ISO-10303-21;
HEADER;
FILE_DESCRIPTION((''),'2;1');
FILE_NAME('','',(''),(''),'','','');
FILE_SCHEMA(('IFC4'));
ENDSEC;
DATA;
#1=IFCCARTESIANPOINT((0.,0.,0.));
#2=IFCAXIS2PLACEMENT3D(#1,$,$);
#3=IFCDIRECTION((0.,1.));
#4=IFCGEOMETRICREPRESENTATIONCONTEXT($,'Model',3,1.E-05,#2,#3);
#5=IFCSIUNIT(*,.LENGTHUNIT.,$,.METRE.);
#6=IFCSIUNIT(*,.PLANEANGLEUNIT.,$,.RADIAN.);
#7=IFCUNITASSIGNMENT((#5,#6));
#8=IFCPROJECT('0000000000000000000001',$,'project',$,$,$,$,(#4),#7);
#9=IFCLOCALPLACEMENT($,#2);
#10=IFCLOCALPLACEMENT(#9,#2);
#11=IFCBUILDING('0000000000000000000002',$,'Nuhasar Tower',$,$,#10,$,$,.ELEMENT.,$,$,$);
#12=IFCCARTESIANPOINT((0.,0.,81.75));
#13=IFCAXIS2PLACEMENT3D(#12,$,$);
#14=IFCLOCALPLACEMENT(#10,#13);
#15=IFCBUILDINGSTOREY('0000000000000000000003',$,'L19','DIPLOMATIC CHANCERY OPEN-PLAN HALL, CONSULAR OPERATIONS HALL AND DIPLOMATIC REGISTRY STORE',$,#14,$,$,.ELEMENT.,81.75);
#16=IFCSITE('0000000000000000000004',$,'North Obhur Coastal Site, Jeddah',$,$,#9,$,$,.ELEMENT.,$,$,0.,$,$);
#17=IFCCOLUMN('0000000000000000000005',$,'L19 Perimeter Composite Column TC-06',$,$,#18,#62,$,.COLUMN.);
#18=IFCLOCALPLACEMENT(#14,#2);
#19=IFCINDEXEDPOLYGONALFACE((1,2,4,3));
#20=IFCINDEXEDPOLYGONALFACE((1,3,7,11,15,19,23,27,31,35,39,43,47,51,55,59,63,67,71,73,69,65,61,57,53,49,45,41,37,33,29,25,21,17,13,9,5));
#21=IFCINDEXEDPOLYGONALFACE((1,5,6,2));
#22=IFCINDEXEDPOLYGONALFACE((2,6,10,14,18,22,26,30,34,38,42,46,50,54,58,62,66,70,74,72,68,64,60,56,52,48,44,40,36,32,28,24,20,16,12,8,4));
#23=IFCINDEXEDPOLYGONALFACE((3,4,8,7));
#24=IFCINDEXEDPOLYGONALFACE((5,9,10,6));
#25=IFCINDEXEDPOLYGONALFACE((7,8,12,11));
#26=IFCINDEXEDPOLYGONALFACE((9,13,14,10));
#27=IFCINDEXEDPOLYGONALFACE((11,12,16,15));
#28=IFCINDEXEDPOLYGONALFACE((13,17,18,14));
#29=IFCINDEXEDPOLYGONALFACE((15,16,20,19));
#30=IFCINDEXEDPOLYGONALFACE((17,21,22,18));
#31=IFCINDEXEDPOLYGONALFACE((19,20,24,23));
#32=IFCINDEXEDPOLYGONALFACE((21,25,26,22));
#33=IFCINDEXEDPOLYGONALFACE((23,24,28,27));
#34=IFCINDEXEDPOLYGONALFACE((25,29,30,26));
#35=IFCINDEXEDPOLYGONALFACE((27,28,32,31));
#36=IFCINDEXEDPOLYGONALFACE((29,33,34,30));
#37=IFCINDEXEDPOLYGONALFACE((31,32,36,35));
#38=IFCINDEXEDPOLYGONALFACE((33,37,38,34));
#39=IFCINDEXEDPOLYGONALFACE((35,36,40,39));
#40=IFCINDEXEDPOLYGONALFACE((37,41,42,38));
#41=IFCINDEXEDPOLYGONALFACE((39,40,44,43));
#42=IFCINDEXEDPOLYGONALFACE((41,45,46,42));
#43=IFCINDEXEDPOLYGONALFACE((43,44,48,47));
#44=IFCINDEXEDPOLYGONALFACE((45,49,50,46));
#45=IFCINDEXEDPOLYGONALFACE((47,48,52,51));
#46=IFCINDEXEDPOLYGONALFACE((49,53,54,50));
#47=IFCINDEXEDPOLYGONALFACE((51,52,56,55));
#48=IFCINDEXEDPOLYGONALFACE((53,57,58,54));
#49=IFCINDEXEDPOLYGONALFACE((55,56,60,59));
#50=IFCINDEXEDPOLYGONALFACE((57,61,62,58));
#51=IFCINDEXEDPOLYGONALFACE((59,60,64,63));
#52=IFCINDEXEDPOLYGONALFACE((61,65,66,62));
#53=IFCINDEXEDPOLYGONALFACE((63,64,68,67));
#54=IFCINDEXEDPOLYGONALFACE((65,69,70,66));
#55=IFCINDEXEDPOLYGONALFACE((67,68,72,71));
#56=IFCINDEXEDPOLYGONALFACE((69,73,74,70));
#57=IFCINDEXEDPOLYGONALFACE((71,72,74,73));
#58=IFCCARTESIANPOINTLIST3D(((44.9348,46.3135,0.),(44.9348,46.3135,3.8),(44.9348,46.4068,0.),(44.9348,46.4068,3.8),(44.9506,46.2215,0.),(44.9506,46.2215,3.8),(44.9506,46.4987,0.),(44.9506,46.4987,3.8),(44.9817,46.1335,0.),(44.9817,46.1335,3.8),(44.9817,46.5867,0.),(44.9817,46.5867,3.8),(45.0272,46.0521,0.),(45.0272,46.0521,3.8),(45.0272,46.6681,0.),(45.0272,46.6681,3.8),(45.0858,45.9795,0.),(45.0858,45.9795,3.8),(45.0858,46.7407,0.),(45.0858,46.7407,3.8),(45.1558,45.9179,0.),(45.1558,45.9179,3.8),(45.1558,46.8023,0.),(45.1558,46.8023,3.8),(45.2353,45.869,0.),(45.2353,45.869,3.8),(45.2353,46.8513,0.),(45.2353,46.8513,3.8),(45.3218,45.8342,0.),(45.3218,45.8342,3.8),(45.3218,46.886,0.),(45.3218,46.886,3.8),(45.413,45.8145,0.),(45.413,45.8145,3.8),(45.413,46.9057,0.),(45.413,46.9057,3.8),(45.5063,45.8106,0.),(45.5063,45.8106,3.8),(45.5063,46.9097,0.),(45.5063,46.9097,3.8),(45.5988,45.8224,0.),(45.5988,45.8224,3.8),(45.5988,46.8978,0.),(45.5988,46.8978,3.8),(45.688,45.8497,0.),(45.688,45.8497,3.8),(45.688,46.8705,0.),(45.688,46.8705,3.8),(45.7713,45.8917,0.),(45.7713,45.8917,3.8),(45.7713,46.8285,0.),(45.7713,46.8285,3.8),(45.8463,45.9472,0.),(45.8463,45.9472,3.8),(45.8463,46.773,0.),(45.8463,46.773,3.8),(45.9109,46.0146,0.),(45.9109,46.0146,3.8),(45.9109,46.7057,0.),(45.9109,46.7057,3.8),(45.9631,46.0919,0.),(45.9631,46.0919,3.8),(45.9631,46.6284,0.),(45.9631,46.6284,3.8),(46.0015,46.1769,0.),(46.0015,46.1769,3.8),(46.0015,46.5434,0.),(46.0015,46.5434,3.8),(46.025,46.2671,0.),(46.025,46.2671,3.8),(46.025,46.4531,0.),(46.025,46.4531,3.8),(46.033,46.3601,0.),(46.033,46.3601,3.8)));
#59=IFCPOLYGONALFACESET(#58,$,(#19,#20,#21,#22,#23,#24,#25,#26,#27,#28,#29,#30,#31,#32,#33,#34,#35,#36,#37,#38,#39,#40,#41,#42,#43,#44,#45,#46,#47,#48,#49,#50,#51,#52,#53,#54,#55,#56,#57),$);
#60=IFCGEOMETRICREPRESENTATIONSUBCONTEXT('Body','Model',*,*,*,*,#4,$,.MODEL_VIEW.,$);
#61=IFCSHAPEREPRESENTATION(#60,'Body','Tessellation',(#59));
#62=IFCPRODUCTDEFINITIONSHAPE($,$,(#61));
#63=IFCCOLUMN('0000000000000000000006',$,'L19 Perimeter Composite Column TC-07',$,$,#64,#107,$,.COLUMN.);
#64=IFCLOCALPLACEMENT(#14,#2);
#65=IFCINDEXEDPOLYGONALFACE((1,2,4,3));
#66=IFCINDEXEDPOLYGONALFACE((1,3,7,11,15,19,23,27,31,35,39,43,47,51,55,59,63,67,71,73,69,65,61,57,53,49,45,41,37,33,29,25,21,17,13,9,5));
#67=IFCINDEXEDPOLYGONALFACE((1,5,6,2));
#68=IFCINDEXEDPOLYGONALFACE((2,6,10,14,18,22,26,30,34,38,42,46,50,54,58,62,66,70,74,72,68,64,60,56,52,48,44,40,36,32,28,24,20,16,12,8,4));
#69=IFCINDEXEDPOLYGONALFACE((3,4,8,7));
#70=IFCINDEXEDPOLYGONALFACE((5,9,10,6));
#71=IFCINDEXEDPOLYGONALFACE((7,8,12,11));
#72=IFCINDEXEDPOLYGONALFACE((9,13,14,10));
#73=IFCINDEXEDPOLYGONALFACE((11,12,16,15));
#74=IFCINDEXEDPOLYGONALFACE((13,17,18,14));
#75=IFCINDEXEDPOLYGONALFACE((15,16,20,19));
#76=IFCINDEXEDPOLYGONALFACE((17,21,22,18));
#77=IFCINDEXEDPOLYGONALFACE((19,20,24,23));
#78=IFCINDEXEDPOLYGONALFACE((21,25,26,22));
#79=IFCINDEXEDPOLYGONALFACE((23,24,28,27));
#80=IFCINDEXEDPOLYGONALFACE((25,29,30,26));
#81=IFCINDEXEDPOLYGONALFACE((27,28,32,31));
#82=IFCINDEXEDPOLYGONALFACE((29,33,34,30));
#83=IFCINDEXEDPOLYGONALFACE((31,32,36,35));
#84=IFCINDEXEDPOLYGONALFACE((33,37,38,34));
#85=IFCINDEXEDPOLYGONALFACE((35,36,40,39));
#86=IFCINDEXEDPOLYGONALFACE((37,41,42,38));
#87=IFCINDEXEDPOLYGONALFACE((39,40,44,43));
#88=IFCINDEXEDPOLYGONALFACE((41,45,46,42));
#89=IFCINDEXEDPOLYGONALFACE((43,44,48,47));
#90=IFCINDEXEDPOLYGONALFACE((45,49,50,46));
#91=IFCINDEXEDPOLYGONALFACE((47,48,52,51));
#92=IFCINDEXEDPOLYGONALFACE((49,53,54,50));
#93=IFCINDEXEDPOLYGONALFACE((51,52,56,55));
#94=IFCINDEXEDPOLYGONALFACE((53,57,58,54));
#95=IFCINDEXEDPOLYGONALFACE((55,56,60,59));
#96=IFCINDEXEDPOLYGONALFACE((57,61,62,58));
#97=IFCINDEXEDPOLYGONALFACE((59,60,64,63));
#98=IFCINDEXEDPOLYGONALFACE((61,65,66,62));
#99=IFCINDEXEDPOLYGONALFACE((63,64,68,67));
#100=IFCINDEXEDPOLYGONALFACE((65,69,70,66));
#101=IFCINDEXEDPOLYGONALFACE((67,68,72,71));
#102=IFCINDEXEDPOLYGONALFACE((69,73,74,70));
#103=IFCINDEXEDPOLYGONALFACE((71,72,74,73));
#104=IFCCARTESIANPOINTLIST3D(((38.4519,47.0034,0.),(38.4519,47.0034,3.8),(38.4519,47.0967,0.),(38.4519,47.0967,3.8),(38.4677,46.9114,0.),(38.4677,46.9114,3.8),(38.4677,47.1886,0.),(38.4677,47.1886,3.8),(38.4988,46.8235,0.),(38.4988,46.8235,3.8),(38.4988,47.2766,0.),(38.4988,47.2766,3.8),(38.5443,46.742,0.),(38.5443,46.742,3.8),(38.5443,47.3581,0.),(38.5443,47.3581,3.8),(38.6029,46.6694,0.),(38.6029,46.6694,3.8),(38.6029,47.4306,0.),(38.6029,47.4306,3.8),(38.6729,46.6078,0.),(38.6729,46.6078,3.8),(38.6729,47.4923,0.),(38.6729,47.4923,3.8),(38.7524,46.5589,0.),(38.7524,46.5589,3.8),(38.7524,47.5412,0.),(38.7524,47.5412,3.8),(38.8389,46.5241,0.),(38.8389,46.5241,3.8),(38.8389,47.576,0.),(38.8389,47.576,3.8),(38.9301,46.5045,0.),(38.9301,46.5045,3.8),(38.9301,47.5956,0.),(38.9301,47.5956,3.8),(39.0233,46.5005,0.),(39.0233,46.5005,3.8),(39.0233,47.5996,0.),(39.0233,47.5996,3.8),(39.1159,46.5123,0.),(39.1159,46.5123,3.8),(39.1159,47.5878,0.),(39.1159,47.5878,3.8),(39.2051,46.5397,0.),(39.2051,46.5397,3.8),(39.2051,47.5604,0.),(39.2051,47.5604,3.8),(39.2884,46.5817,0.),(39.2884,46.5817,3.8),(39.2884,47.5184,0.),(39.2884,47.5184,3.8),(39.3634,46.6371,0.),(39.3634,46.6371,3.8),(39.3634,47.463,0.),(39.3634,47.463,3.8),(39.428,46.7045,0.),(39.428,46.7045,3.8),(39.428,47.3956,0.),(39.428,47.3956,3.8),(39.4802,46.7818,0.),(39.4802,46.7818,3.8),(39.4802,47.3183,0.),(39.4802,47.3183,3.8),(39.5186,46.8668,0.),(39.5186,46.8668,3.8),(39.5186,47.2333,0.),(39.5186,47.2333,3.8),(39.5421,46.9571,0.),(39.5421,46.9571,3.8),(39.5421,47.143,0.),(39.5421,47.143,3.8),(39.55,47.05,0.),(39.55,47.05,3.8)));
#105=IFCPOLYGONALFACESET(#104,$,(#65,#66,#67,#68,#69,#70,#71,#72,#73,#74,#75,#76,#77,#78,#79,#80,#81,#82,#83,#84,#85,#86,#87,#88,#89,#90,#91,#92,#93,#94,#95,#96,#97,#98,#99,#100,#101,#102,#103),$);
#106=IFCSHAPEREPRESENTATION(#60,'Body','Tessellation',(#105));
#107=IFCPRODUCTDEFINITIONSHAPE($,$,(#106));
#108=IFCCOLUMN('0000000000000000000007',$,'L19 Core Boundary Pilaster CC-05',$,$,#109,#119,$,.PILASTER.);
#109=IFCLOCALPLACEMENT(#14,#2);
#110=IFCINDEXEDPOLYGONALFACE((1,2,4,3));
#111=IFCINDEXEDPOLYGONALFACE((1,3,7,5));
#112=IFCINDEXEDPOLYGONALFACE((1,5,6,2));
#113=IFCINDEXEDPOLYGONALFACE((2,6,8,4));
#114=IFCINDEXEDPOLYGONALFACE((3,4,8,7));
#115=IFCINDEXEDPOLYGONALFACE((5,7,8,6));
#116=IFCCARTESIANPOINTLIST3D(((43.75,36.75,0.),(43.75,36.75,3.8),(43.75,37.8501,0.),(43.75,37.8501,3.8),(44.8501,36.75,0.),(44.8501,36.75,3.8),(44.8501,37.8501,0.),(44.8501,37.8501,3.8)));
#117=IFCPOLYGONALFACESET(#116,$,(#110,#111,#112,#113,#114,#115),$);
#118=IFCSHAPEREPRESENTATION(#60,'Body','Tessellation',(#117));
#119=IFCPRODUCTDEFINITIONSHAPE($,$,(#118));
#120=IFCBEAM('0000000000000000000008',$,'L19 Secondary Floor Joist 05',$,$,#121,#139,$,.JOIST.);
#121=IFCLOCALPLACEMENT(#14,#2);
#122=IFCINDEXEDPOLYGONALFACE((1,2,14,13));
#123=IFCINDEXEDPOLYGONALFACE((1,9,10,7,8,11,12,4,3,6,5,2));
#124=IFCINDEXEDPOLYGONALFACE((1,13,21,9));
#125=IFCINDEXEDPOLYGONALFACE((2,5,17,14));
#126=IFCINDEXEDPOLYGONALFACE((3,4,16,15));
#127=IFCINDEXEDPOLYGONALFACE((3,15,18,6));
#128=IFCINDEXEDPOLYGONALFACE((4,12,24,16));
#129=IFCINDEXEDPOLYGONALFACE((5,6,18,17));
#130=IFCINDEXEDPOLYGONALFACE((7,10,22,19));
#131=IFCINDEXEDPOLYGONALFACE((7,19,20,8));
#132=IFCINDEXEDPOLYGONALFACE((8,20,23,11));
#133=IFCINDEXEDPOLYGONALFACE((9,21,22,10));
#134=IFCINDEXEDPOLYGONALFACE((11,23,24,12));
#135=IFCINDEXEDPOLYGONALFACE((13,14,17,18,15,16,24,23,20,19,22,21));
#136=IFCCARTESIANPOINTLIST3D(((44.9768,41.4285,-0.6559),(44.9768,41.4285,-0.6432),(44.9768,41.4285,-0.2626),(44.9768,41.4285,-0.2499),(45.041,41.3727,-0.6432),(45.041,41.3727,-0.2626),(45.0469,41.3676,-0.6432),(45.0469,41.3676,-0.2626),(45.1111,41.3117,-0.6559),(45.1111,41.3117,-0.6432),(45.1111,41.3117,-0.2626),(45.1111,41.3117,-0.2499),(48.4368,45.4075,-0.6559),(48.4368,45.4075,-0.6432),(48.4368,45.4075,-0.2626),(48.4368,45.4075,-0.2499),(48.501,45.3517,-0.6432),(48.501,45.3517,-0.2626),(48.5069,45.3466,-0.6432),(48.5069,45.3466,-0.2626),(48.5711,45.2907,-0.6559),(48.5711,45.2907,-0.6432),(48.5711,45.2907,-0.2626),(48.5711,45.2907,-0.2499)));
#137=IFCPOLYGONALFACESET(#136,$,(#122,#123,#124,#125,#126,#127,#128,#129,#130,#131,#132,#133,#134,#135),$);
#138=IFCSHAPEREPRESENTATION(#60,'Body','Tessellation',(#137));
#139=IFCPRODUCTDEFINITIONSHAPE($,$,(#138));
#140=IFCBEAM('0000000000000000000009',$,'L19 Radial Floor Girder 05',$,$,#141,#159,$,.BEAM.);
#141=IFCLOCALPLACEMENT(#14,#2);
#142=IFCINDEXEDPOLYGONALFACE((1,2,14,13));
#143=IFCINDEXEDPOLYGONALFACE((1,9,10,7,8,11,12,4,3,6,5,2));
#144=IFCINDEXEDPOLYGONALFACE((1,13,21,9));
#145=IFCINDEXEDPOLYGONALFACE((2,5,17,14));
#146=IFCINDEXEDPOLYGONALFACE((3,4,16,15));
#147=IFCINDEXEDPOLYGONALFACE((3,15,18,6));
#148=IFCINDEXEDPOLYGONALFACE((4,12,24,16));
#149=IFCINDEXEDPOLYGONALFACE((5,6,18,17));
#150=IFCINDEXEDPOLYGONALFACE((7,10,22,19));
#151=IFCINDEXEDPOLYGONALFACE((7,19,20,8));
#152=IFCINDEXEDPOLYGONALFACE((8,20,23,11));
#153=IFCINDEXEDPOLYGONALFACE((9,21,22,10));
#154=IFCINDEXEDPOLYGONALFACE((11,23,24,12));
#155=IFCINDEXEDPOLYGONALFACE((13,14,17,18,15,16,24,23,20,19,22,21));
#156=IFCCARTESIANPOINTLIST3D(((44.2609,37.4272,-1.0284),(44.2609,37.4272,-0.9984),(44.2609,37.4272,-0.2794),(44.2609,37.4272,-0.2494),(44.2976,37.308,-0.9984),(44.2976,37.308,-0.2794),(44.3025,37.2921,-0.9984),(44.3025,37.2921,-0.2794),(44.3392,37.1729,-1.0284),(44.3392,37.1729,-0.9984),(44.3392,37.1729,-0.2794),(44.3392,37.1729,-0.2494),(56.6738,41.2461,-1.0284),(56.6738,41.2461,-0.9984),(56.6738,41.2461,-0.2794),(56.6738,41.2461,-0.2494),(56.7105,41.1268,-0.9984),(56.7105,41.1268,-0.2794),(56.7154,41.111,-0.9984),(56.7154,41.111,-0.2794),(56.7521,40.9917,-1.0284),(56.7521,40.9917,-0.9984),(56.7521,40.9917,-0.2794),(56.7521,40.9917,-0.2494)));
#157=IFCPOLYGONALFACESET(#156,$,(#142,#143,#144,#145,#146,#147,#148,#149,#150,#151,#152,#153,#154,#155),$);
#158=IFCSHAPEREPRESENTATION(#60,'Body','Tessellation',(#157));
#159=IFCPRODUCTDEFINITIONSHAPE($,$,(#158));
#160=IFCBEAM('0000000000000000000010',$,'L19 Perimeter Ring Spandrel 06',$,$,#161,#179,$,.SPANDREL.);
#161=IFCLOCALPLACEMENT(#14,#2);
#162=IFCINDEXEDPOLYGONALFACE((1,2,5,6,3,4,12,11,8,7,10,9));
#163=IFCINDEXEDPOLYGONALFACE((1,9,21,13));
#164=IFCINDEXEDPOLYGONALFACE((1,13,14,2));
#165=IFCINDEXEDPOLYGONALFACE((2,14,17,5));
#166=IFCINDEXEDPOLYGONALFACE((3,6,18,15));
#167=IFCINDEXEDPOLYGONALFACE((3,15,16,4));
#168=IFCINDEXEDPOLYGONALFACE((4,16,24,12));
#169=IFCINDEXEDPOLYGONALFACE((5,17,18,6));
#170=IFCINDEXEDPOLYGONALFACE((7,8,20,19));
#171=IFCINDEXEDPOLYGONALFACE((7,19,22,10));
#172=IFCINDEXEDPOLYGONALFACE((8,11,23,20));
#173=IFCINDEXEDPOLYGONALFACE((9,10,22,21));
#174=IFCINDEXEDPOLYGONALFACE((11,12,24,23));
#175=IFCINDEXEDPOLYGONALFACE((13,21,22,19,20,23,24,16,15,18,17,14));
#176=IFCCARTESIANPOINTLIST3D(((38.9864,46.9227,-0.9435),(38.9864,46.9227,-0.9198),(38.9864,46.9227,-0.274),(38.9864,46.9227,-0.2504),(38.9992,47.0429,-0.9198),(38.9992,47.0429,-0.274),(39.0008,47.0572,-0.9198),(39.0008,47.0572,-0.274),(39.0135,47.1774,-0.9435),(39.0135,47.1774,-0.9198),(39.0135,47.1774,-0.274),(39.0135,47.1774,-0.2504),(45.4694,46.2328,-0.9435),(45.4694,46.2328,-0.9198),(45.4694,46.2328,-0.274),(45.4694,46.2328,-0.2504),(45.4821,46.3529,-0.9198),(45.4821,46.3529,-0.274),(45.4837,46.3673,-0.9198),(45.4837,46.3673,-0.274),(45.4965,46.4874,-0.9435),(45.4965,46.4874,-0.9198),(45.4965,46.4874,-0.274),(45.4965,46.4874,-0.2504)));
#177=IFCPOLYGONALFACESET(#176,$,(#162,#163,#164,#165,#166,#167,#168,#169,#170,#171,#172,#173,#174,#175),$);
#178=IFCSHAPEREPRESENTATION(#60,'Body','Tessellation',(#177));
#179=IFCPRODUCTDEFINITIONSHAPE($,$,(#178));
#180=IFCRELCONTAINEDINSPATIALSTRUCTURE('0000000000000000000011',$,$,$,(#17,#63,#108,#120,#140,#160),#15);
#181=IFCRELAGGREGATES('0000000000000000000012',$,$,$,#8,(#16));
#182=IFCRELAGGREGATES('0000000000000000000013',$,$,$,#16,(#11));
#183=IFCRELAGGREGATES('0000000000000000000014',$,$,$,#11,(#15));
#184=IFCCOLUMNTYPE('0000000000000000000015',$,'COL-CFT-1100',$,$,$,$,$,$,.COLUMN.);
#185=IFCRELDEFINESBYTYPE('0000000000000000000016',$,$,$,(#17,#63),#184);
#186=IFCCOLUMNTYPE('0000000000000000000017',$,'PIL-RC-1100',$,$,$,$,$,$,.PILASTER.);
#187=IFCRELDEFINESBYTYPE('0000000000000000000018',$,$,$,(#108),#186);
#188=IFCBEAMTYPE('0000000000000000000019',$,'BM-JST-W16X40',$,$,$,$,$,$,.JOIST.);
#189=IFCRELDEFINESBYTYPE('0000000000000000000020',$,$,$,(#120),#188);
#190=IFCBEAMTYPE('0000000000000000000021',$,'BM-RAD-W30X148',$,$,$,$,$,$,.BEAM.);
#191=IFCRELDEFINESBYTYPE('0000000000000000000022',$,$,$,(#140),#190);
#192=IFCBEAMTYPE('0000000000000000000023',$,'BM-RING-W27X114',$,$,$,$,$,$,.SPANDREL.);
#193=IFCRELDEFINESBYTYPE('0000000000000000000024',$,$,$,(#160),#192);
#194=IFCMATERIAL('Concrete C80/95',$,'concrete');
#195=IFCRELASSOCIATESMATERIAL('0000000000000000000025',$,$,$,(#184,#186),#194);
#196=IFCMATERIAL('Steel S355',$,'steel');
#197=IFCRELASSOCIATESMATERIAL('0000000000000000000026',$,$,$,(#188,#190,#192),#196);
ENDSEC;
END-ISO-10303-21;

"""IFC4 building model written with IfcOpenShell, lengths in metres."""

from ifc_helpers import new_model, si_unit, direction, frame, origin, origin_2d, place, context, subcontext, project, spatial, rectangle, circle, i_section, extrude, material, material_profile, profile_set, type_object, element, save


model = new_model("IFC4")

# Units and contexts
model_context = context("Model", 3, precision=1e-05, world=origin(), true_north=direction((0.0, 1.0)))
body_context = subcontext(model_context, "Body", "Model", "MODEL_VIEW")
ifc_project = project(units=[si_unit("LENGTHUNIT", "METRE"), si_unit("PLANEANGLEUNIT", "RADIAN")], contexts=[model_context])

# Site, building, storey
site_placement = place(None, origin())
site = spatial("IfcSite", under=ifc_project, at=site_placement, Name="North Obhur Coastal Site, Jeddah", CompositionType="ELEMENT", RefElevation=0.0)
building_placement = place(site_placement, origin())
building = spatial("IfcBuilding", under=site, at=building_placement, Name="Nuhasar Tower", CompositionType="ELEMENT")
storey_placement = place(building_placement, frame((0.0, 0.0, 81.75)))
storey = spatial("IfcBuildingStorey", under=building, at=storey_placement, Name="L19", Description="DIPLOMATIC CHANCERY OPEN-PLAN HALL, CONSULAR OPERATIONS HALL AND DIPLOMATIC REGISTRY STORE", CompositionType="ELEMENT", Elevation=81.75)

# Columns
ifc_material_1 = material(Name="Concrete C80/95", Category="concrete")
ifc_material_profile_1 = material_profile(ifc_material_1, circle(Radius=0.55, at=origin_2d()), Name="CFT1100")
ifc_profile_set_1 = profile_set([ifc_material_profile_1], Name="Concrete C80/95")
column_type_1 = type_object("IfcColumnType", Name="COL-CFT-1100", PredefinedType="COLUMN", material=ifc_profile_set_1)
for number, where, z_axis, x_axis, name in (
    (1, (45.4829, 46.3601, 0.0), (0.0, 0.0, 1.0), (1.0, 0.0, 0.0), "L19 Perimeter Composite Column TC-06"),
    (2, (39.0, 47.05, 0.0), (0.0, 0.0, 1.0), (1.0, 0.0, 0.0), "L19 Perimeter Composite Column TC-07"),
):
    element("IfcColumn", number, at=place(storey_placement, frame(where, z_axis=z_axis, x_axis=x_axis)), inside=storey, type_object=column_type_1, Name=name, PredefinedType="COLUMN", context=body_context, shape_type="SweptSolid", body=[
        extrude(circle(Radius=0.55, at=origin_2d()), origin(), (0.0, 0.0, 1.0), 3.8),
    ])
ifc_material_profile_2 = material_profile(ifc_material_1, rectangle(XDim=1.1001, YDim=1.1001, at=origin_2d()), Name="RC1100X1100")
ifc_profile_set_2 = profile_set([ifc_material_profile_2], Name="Concrete C80/95")
column_type_2 = type_object("IfcColumnType", Name="PIL-RC-1100", PredefinedType="PILASTER", material=ifc_profile_set_2)
column_placement = place(storey_placement, frame((44.3, 37.3, 0.0), z_axis=(0.0, 0.0, 1.0), x_axis=(1.0, 0.0, 0.0)))
element("IfcColumn", 3, at=column_placement, inside=storey, type_object=column_type_2, Name="L19 Core Boundary Pilaster CC-05", PredefinedType="PILASTER", context=body_context, shape_type="SweptSolid", body=[
    extrude(rectangle(XDim=1.1001, YDim=1.1001, at=origin_2d()), origin(), (0.0, 0.0, 1.0), 3.8),
])

# Beams
ifc_material_2 = material(Name="Steel S355", Category="steel")
ifc_material_profile_3 = material_profile(ifc_material_2, i_section(OverallWidth=0.178, OverallDepth=0.406, WebThickness=0.0078, FlangeThickness=0.0127, at=origin_2d()), Name="W16X40")
ifc_profile_set_3 = profile_set([ifc_material_profile_3], Name="Steel S355")
beam_type_1 = type_object("IfcBeamType", Name="BM-JST-W16X40", PredefinedType="JOIST", material=ifc_profile_set_3)
beam_1_placement = place(storey_placement, frame((45.0439, 41.3701, -0.4529), z_axis=(0.656174, 0.75461, 0.0), x_axis=(-0.75461, 0.656174, 0.0)))
element("IfcBeam", 4, at=beam_1_placement, inside=storey, type_object=beam_type_1, Name="L19 Secondary Floor Joist 05", PredefinedType="JOIST", context=body_context, shape_type="SweptSolid", body=[
    extrude(i_section(OverallWidth=0.178, OverallDepth=0.406, WebThickness=0.0078, FlangeThickness=0.0127, at=origin_2d()), origin(), (0.0, 0.0, 1.0), 5.2729),
])
ifc_material_profile_4 = material_profile(ifc_material_2, i_section(OverallWidth=0.2661, OverallDepth=0.7791, WebThickness=0.0166, FlangeThickness=0.03, at=origin_2d()), Name="W30X148")
ifc_profile_set_4 = profile_set([ifc_material_profile_4], Name="Steel S355")
beam_type_2 = type_object("IfcBeamType", Name="BM-RAD-W30X148", PredefinedType="BEAM", material=ifc_profile_set_4)
beam_2_placement = place(storey_placement, frame((44.3, 37.3, -0.6389), z_axis=(0.95579, 0.294052, 0.0), x_axis=(-0.294052, 0.95579, 0.0)))
element("IfcBeam", 5, at=beam_2_placement, inside=storey, type_object=beam_type_2, Name="L19 Radial Floor Girder 05", PredefinedType="BEAM", context=body_context, shape_type="SweptSolid", body=[
    extrude(i_section(OverallWidth=0.2661, OverallDepth=0.7791, WebThickness=0.0166, FlangeThickness=0.03, at=origin_2d()), origin(), (0.0, 0.0, 1.0), 12.9871),
])
ifc_material_profile_5 = material_profile(ifc_material_2, i_section(OverallWidth=0.2561, OverallDepth=0.6931, WebThickness=0.0144, FlangeThickness=0.0237, at=origin_2d()), Name="W27X114")
ifc_profile_set_5 = profile_set([ifc_material_profile_5], Name="Steel S355")
beam_type_3 = type_object("IfcBeamType", Name="BM-RING-W27X114", PredefinedType="SPANDREL", material=ifc_profile_set_5)
for number, where, z_axis, x_axis, name in (
    (6, (45.4829, 46.3601, -0.5969), (-0.994385, 0.105827, 0.0), (-0.105827, -0.994385, 0.0), "L19 Perimeter Ring Spandrel 06"),
):
    element("IfcBeam", number, at=place(storey_placement, frame(where, z_axis=z_axis, x_axis=x_axis)), inside=storey, type_object=beam_type_3, Name=name, PredefinedType="SPANDREL", context=body_context, shape_type="SweptSolid", body=[
        extrude(i_section(OverallWidth=0.2561, OverallDepth=0.6931, WebThickness=0.0144, FlangeThickness=0.0237, at=origin_2d()), origin(), (0.0, 0.0, 1.0), 6.5195),
    ])

save(model, "model.ifc")
